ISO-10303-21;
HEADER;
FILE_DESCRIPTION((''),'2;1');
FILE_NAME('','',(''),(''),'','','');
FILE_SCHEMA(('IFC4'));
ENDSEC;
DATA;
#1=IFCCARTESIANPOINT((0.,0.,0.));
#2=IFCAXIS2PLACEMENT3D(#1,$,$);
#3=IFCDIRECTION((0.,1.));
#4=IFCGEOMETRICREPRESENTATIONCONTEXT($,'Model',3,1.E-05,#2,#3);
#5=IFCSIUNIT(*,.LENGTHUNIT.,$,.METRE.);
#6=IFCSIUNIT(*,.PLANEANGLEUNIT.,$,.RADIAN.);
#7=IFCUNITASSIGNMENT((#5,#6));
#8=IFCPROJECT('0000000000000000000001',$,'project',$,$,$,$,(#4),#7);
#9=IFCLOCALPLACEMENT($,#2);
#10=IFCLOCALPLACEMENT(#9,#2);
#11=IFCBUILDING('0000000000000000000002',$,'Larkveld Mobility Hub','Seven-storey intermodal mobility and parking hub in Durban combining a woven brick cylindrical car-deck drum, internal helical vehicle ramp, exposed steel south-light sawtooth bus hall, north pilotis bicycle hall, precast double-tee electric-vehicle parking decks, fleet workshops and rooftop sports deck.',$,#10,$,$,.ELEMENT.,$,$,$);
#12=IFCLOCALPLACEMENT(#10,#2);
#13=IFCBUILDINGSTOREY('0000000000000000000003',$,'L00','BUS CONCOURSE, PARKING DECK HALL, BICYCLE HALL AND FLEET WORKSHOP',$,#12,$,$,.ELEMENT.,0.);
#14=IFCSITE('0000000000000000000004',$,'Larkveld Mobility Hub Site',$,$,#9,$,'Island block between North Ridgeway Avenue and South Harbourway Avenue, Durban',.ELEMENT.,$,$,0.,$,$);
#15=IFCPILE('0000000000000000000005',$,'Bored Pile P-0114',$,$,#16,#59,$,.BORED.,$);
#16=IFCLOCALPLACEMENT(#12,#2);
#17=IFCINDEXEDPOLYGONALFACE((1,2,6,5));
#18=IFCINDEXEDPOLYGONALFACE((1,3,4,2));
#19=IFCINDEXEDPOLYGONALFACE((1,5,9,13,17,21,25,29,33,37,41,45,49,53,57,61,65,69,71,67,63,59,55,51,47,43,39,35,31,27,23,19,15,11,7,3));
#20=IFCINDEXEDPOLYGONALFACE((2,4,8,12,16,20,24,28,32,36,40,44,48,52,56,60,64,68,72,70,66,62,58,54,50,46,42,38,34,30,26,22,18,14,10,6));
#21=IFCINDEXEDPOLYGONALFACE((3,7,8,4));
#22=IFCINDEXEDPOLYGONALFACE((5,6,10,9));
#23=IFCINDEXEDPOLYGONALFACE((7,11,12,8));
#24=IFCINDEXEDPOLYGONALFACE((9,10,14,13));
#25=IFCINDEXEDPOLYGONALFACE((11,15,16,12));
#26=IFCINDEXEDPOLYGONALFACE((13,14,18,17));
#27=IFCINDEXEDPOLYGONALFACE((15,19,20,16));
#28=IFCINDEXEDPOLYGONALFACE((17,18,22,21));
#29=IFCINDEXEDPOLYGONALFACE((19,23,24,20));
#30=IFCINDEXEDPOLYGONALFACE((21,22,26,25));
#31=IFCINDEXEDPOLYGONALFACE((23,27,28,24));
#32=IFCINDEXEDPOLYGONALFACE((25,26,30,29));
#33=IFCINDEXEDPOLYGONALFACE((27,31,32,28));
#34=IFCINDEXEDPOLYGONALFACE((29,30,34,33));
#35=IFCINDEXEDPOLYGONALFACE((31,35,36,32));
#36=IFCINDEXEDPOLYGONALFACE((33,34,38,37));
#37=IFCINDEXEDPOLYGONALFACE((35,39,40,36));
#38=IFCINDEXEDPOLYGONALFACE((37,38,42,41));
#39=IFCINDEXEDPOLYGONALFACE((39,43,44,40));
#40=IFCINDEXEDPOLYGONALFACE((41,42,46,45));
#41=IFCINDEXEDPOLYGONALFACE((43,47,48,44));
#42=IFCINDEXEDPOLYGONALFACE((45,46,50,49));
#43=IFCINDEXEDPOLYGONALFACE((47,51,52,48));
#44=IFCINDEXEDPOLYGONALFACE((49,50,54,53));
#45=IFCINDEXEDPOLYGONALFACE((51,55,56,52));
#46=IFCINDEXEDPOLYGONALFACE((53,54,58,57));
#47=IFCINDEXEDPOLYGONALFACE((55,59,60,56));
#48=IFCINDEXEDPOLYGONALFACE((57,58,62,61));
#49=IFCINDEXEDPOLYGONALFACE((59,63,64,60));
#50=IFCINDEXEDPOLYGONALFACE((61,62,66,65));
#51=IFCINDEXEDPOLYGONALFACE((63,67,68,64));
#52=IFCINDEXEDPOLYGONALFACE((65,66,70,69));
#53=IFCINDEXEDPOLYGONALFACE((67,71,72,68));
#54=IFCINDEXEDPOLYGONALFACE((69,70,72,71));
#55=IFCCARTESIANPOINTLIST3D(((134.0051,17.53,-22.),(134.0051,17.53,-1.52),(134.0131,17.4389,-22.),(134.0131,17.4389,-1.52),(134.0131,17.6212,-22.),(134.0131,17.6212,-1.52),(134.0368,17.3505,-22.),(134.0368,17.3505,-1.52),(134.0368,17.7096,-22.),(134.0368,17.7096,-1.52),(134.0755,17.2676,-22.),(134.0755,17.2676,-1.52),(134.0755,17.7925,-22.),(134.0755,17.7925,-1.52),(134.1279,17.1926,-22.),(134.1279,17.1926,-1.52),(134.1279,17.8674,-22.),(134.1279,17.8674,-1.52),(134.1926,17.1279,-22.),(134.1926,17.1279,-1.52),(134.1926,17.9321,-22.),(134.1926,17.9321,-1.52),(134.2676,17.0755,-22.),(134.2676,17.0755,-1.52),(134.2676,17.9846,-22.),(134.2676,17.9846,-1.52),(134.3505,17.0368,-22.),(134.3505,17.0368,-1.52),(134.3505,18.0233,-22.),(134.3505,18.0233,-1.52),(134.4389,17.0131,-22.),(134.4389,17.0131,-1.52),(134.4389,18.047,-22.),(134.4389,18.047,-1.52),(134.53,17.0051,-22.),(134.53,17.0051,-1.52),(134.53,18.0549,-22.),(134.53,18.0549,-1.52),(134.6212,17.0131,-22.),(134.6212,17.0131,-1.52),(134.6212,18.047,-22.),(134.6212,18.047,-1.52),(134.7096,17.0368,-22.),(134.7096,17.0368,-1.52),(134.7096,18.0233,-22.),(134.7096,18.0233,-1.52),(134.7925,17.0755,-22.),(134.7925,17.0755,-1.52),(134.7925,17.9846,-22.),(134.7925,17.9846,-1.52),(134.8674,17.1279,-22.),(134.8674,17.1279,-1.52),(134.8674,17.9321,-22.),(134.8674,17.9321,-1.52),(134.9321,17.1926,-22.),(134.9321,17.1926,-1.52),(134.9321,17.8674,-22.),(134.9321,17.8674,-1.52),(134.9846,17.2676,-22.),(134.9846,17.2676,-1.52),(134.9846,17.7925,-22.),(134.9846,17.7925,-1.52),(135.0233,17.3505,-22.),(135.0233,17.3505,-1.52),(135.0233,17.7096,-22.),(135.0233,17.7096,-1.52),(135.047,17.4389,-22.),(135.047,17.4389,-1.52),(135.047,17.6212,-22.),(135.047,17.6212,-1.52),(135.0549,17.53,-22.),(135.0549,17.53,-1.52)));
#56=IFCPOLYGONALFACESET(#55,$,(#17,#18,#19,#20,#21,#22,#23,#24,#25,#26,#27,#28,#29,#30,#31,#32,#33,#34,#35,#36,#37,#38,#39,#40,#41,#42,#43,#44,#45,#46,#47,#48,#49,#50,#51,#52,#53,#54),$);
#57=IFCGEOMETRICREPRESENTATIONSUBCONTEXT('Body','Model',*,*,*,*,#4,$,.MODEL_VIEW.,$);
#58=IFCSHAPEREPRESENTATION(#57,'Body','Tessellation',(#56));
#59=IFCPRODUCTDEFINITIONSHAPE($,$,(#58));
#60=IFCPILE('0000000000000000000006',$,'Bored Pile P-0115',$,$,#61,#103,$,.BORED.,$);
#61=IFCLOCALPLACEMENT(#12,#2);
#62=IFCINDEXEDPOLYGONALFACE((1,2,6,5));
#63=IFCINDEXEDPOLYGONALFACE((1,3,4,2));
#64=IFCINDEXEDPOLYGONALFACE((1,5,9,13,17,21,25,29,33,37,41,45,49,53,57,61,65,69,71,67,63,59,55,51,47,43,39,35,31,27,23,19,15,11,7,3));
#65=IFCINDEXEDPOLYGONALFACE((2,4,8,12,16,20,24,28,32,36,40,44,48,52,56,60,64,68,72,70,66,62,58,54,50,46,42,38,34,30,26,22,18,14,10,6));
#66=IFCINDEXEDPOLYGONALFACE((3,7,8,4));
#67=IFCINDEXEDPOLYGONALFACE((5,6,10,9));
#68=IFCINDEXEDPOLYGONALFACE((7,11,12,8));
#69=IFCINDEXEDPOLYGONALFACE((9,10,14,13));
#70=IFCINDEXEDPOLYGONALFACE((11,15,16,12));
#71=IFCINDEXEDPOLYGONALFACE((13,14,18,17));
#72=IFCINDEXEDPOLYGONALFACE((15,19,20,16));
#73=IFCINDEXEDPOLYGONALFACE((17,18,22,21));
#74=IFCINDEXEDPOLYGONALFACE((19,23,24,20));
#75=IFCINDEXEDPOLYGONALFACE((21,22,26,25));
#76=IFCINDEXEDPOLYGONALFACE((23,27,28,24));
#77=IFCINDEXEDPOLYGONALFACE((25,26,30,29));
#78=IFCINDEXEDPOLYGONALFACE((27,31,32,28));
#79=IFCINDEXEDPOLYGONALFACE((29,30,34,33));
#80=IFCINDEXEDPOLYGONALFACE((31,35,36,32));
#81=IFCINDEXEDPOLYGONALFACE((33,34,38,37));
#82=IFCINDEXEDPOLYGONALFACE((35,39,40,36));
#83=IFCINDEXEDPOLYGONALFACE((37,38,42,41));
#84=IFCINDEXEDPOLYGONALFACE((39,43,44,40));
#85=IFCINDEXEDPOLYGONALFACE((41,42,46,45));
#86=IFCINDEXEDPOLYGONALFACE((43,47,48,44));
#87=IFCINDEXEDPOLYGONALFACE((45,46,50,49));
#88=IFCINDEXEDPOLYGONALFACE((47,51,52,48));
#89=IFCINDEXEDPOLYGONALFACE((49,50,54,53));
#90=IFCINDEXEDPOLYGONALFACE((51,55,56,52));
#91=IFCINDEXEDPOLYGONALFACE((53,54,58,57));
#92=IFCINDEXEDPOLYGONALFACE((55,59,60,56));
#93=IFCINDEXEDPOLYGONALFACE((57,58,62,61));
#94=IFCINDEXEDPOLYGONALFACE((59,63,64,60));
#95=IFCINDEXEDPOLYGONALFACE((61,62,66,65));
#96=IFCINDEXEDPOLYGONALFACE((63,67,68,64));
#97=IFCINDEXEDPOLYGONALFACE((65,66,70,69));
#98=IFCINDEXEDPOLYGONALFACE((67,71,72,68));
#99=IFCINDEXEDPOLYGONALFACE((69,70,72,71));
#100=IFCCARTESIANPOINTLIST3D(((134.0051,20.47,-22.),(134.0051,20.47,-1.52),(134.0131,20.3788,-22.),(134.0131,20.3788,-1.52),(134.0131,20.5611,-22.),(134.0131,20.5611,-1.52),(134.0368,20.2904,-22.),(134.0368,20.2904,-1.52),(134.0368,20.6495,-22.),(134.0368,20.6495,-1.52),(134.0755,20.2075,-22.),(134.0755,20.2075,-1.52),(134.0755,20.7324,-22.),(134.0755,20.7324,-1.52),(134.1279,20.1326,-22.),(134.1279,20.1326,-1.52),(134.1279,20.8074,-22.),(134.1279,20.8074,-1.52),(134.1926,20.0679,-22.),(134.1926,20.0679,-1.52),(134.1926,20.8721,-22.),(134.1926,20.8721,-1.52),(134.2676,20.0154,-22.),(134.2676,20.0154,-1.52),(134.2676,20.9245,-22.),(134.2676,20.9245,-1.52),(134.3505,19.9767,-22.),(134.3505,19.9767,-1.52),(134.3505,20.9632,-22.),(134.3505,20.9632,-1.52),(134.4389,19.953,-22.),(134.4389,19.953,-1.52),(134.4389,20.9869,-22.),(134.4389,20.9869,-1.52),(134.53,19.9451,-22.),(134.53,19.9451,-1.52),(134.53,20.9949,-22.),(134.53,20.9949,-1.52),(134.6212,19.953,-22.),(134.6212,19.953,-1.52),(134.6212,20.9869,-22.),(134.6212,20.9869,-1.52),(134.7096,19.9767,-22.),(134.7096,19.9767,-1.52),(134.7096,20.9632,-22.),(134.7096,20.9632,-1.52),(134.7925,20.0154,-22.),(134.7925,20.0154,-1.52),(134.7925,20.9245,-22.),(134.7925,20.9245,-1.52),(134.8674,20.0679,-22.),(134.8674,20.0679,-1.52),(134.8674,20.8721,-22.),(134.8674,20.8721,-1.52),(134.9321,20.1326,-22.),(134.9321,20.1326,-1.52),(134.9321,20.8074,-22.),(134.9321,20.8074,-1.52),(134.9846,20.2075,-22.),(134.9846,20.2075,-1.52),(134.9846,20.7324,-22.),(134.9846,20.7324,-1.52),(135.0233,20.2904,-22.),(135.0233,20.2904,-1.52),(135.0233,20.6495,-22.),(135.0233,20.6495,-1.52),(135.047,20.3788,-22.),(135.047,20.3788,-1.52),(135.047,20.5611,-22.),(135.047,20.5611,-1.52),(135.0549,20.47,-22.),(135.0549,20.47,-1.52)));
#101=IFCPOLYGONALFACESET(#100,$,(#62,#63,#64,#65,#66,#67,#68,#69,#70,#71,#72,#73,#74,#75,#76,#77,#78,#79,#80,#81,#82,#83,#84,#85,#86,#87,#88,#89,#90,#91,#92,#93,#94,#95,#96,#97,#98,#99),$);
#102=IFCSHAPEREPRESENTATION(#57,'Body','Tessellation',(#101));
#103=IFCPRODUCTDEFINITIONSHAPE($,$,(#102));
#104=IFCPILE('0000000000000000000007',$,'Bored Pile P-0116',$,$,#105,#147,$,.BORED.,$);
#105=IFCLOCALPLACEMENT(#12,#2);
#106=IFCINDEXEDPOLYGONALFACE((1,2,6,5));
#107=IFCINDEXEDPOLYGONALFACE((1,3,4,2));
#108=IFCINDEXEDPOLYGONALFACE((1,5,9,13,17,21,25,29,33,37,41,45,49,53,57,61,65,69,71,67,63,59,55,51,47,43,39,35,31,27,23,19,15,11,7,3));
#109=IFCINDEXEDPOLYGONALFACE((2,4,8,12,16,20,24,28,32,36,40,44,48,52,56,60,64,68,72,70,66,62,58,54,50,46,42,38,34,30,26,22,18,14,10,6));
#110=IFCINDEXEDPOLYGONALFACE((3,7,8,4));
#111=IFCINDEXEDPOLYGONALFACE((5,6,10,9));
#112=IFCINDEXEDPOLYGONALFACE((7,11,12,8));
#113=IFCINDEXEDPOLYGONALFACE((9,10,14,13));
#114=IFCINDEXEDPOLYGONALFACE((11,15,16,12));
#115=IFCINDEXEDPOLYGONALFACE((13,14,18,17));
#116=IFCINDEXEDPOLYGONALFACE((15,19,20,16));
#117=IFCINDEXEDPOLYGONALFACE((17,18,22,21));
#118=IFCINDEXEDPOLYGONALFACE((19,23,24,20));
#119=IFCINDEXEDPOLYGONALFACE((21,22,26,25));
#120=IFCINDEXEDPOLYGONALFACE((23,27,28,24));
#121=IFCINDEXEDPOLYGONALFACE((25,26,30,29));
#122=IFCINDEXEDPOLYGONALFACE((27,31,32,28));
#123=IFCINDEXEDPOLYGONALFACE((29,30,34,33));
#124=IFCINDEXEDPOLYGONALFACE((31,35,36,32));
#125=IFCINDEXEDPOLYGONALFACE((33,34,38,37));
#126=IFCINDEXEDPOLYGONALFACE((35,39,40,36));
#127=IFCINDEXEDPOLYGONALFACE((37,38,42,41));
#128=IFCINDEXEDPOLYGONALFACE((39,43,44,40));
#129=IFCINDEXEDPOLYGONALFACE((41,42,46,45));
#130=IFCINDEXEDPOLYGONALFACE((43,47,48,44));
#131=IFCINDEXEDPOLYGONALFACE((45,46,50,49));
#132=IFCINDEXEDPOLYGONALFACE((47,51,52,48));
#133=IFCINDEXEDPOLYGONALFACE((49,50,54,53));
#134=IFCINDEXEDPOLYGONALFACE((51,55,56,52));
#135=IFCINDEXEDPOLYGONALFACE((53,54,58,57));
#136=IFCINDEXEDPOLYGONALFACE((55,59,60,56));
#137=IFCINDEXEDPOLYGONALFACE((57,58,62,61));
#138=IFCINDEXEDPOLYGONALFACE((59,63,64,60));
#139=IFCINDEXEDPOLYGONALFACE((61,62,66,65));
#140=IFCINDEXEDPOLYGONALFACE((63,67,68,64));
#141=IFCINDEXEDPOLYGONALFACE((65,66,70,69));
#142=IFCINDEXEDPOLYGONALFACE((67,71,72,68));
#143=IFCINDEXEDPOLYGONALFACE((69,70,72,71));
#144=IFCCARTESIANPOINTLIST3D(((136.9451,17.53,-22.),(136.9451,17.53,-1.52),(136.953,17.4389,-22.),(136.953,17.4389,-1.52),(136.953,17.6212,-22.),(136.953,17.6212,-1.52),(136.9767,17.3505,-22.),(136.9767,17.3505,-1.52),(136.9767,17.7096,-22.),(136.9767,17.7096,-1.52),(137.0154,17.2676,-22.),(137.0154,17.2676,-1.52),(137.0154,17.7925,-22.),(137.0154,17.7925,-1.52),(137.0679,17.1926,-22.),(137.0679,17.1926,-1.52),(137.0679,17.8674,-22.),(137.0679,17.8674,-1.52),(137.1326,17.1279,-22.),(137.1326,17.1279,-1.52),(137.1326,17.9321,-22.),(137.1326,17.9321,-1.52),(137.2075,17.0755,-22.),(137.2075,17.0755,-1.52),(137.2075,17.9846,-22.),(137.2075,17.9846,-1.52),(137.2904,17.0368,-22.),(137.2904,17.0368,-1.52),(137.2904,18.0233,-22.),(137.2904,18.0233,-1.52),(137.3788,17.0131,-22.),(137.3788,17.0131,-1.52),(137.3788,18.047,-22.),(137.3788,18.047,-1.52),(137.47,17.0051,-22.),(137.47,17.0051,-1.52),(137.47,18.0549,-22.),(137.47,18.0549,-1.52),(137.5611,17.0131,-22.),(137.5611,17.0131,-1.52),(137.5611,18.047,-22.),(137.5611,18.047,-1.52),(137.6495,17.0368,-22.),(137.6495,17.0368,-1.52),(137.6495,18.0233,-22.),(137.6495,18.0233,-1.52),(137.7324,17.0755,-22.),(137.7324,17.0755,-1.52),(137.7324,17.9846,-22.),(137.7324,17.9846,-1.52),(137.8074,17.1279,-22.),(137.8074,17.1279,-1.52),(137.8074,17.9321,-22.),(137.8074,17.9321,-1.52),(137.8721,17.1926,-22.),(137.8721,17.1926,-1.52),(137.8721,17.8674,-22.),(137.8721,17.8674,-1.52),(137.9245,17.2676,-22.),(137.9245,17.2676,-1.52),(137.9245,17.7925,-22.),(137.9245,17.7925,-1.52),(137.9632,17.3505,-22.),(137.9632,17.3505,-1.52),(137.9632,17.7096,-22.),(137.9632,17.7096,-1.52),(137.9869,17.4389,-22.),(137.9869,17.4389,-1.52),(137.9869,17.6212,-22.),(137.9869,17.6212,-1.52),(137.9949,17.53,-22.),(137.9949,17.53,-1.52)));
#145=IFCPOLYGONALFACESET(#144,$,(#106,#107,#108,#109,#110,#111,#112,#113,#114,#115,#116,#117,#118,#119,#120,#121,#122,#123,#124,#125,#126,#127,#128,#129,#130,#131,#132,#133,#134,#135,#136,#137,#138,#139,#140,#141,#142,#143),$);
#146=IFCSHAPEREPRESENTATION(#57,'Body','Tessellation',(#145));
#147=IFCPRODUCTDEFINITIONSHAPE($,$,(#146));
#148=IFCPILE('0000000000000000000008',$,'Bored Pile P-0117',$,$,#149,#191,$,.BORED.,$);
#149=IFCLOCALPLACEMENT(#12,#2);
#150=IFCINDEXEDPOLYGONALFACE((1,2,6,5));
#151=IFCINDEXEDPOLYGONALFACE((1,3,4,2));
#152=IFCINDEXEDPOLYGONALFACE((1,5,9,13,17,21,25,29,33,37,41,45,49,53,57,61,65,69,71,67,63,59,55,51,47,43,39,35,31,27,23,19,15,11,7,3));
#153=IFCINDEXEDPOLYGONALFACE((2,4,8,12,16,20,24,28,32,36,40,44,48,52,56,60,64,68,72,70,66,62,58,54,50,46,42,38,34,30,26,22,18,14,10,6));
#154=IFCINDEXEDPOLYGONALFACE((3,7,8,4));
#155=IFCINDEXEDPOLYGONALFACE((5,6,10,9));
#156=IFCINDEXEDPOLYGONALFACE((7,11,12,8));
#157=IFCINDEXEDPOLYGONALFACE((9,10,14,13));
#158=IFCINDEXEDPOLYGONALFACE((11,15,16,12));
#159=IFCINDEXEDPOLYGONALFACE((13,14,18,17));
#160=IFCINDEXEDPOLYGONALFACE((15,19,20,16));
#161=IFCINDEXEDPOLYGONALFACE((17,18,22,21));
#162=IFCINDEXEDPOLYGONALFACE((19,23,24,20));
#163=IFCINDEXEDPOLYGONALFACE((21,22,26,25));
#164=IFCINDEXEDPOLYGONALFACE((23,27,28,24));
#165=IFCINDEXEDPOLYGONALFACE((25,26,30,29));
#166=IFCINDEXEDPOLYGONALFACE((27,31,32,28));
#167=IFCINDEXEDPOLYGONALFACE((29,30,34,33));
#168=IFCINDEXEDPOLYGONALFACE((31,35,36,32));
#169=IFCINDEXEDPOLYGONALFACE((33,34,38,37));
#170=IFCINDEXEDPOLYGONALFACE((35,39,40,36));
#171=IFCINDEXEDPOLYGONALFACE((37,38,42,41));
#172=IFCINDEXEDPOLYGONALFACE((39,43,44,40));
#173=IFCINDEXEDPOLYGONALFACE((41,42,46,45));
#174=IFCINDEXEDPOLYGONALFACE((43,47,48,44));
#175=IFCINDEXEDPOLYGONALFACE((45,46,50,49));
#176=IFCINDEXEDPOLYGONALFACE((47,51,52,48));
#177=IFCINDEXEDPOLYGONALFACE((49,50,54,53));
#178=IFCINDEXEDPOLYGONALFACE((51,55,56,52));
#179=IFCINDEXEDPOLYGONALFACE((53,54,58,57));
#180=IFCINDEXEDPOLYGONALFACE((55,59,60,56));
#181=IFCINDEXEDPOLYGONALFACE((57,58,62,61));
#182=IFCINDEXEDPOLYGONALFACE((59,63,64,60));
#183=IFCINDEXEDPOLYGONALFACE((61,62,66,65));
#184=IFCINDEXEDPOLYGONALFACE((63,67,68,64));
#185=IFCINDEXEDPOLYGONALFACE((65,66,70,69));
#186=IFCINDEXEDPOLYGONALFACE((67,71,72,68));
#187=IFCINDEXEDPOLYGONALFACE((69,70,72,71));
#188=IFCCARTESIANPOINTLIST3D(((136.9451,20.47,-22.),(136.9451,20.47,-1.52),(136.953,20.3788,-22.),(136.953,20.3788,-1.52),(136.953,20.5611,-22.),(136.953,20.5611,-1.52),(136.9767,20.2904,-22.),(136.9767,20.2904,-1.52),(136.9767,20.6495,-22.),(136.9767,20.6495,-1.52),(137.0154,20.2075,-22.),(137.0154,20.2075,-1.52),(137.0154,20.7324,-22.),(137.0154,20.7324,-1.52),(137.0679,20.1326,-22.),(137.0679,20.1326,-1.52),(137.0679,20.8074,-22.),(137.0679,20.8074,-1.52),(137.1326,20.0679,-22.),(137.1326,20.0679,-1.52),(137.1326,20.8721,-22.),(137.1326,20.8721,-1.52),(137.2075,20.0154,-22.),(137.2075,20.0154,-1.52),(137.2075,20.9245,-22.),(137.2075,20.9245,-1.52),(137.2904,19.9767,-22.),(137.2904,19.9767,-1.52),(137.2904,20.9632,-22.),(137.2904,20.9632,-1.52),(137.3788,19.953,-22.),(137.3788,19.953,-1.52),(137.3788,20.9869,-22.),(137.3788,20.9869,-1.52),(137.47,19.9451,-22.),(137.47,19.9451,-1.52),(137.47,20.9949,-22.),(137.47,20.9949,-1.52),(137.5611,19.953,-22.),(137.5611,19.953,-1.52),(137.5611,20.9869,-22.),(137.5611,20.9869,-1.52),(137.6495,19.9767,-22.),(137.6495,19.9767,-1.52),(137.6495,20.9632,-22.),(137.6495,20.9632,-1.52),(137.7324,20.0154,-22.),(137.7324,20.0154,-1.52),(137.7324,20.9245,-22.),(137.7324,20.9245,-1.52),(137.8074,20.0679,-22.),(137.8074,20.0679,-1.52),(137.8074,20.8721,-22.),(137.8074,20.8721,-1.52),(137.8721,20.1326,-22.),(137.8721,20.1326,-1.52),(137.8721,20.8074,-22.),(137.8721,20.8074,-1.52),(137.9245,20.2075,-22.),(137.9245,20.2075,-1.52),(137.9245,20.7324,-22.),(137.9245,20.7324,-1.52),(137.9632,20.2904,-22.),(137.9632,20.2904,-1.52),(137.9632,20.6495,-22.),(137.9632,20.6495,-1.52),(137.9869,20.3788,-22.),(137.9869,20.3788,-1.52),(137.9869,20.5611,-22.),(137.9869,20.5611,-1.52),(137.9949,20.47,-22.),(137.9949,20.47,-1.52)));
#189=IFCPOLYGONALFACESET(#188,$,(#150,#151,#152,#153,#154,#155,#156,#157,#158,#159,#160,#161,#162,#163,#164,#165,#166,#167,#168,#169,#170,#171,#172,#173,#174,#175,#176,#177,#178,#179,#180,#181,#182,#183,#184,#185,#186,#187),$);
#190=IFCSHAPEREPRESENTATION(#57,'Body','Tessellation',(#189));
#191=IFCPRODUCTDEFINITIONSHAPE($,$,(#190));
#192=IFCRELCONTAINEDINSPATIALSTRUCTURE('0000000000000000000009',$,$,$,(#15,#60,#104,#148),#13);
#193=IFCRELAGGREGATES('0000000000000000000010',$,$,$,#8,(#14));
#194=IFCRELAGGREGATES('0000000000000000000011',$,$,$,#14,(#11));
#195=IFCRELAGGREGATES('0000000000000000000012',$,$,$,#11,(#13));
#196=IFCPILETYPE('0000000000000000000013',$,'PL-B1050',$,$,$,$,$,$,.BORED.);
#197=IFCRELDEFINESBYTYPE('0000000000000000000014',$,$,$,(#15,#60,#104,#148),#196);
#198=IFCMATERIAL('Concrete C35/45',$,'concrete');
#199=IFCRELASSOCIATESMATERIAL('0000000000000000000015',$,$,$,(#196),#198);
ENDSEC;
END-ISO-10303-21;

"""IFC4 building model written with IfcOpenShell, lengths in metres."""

from ifc_helpers import new_model, si_unit, direction, frame, origin, origin_2d, place, context, subcontext, project, spatial, circle, extrude, material, material_profile, profile_set, type_object, element, save


model = new_model("IFC4")

# Units and contexts
model_context = context("Model", 3, precision=1e-05, world=origin(), true_north=direction((0.0, 1.0)))
body_context = subcontext(model_context, "Body", "Model", "MODEL_VIEW")
ifc_project = project(units=[si_unit("LENGTHUNIT", "METRE"), si_unit("PLANEANGLEUNIT", "RADIAN")], contexts=[model_context])

# Site, building, storey
site_placement = place(None, origin())
site = spatial("IfcSite", under=ifc_project, at=site_placement, Name="Larkveld Mobility Hub Site", LongName="Island block between North Ridgeway Avenue and South Harbourway Avenue, Durban", CompositionType="ELEMENT", RefElevation=0.0)
building_placement = place(site_placement, origin())
building = spatial("IfcBuilding", under=site, at=building_placement, Name="Larkveld Mobility Hub", Description="Seven-storey intermodal mobility and parking hub in Durban combining a woven brick cylindrical car-deck drum, internal helical vehicle ramp, exposed steel south-light sawtooth bus hall, north pilotis bicycle hall, precast double-tee electric-vehicle parking decks, fleet workshops and rooftop sports deck.", CompositionType="ELEMENT")
storey_placement = place(building_placement, origin())
storey = spatial("IfcBuildingStorey", under=building, at=storey_placement, Name="L00", Description="BUS CONCOURSE, PARKING DECK HALL, BICYCLE HALL AND FLEET WORKSHOP", CompositionType="ELEMENT", Elevation=0.0)

# Shared definitions
ifc_material_1 = material(Name="Concrete C35/45", Category="concrete")

# Piles
ifc_material_profile_1 = material_profile(ifc_material_1, circle(Radius=0.5249, at=origin_2d()), Name="PILE D1050")
ifc_profile_set_1 = profile_set([ifc_material_profile_1], Name="Concrete C35/45")
pile_type = type_object("IfcPileType", Name="PL-B1050", PredefinedType="BORED", material=ifc_profile_set_1)
for number, where, z_axis, x_axis, name in (
    (1, (134.53, 17.53, -1.52), (0.0, 0.0, -1.0), (1.0, 0.0, 0.0), "Bored Pile P-0114"),
    (2, (134.53, 20.47, -1.52), (0.0, 0.0, -1.0), (1.0, 0.0, 0.0), "Bored Pile P-0115"),
    (3, (137.47, 17.53, -1.52), (0.0, 0.0, -1.0), (1.0, 0.0, 0.0), "Bored Pile P-0116"),
    (4, (137.47, 20.47, -1.52), (0.0, 0.0, -1.0), (1.0, 0.0, 0.0), "Bored Pile P-0117"),
):
    element("IfcPile", number, at=place(storey_placement, frame(where, z_axis=z_axis, x_axis=x_axis)), inside=storey, type_object=pile_type, Name=name, PredefinedType="BORED", context=body_context, shape_type="SweptSolid", body=[
        extrude(circle(Radius=0.5249, at=origin_2d()), origin(), (0.0, 0.0, 1.0), 20.48),
    ])

save(model, "model.ifc")
